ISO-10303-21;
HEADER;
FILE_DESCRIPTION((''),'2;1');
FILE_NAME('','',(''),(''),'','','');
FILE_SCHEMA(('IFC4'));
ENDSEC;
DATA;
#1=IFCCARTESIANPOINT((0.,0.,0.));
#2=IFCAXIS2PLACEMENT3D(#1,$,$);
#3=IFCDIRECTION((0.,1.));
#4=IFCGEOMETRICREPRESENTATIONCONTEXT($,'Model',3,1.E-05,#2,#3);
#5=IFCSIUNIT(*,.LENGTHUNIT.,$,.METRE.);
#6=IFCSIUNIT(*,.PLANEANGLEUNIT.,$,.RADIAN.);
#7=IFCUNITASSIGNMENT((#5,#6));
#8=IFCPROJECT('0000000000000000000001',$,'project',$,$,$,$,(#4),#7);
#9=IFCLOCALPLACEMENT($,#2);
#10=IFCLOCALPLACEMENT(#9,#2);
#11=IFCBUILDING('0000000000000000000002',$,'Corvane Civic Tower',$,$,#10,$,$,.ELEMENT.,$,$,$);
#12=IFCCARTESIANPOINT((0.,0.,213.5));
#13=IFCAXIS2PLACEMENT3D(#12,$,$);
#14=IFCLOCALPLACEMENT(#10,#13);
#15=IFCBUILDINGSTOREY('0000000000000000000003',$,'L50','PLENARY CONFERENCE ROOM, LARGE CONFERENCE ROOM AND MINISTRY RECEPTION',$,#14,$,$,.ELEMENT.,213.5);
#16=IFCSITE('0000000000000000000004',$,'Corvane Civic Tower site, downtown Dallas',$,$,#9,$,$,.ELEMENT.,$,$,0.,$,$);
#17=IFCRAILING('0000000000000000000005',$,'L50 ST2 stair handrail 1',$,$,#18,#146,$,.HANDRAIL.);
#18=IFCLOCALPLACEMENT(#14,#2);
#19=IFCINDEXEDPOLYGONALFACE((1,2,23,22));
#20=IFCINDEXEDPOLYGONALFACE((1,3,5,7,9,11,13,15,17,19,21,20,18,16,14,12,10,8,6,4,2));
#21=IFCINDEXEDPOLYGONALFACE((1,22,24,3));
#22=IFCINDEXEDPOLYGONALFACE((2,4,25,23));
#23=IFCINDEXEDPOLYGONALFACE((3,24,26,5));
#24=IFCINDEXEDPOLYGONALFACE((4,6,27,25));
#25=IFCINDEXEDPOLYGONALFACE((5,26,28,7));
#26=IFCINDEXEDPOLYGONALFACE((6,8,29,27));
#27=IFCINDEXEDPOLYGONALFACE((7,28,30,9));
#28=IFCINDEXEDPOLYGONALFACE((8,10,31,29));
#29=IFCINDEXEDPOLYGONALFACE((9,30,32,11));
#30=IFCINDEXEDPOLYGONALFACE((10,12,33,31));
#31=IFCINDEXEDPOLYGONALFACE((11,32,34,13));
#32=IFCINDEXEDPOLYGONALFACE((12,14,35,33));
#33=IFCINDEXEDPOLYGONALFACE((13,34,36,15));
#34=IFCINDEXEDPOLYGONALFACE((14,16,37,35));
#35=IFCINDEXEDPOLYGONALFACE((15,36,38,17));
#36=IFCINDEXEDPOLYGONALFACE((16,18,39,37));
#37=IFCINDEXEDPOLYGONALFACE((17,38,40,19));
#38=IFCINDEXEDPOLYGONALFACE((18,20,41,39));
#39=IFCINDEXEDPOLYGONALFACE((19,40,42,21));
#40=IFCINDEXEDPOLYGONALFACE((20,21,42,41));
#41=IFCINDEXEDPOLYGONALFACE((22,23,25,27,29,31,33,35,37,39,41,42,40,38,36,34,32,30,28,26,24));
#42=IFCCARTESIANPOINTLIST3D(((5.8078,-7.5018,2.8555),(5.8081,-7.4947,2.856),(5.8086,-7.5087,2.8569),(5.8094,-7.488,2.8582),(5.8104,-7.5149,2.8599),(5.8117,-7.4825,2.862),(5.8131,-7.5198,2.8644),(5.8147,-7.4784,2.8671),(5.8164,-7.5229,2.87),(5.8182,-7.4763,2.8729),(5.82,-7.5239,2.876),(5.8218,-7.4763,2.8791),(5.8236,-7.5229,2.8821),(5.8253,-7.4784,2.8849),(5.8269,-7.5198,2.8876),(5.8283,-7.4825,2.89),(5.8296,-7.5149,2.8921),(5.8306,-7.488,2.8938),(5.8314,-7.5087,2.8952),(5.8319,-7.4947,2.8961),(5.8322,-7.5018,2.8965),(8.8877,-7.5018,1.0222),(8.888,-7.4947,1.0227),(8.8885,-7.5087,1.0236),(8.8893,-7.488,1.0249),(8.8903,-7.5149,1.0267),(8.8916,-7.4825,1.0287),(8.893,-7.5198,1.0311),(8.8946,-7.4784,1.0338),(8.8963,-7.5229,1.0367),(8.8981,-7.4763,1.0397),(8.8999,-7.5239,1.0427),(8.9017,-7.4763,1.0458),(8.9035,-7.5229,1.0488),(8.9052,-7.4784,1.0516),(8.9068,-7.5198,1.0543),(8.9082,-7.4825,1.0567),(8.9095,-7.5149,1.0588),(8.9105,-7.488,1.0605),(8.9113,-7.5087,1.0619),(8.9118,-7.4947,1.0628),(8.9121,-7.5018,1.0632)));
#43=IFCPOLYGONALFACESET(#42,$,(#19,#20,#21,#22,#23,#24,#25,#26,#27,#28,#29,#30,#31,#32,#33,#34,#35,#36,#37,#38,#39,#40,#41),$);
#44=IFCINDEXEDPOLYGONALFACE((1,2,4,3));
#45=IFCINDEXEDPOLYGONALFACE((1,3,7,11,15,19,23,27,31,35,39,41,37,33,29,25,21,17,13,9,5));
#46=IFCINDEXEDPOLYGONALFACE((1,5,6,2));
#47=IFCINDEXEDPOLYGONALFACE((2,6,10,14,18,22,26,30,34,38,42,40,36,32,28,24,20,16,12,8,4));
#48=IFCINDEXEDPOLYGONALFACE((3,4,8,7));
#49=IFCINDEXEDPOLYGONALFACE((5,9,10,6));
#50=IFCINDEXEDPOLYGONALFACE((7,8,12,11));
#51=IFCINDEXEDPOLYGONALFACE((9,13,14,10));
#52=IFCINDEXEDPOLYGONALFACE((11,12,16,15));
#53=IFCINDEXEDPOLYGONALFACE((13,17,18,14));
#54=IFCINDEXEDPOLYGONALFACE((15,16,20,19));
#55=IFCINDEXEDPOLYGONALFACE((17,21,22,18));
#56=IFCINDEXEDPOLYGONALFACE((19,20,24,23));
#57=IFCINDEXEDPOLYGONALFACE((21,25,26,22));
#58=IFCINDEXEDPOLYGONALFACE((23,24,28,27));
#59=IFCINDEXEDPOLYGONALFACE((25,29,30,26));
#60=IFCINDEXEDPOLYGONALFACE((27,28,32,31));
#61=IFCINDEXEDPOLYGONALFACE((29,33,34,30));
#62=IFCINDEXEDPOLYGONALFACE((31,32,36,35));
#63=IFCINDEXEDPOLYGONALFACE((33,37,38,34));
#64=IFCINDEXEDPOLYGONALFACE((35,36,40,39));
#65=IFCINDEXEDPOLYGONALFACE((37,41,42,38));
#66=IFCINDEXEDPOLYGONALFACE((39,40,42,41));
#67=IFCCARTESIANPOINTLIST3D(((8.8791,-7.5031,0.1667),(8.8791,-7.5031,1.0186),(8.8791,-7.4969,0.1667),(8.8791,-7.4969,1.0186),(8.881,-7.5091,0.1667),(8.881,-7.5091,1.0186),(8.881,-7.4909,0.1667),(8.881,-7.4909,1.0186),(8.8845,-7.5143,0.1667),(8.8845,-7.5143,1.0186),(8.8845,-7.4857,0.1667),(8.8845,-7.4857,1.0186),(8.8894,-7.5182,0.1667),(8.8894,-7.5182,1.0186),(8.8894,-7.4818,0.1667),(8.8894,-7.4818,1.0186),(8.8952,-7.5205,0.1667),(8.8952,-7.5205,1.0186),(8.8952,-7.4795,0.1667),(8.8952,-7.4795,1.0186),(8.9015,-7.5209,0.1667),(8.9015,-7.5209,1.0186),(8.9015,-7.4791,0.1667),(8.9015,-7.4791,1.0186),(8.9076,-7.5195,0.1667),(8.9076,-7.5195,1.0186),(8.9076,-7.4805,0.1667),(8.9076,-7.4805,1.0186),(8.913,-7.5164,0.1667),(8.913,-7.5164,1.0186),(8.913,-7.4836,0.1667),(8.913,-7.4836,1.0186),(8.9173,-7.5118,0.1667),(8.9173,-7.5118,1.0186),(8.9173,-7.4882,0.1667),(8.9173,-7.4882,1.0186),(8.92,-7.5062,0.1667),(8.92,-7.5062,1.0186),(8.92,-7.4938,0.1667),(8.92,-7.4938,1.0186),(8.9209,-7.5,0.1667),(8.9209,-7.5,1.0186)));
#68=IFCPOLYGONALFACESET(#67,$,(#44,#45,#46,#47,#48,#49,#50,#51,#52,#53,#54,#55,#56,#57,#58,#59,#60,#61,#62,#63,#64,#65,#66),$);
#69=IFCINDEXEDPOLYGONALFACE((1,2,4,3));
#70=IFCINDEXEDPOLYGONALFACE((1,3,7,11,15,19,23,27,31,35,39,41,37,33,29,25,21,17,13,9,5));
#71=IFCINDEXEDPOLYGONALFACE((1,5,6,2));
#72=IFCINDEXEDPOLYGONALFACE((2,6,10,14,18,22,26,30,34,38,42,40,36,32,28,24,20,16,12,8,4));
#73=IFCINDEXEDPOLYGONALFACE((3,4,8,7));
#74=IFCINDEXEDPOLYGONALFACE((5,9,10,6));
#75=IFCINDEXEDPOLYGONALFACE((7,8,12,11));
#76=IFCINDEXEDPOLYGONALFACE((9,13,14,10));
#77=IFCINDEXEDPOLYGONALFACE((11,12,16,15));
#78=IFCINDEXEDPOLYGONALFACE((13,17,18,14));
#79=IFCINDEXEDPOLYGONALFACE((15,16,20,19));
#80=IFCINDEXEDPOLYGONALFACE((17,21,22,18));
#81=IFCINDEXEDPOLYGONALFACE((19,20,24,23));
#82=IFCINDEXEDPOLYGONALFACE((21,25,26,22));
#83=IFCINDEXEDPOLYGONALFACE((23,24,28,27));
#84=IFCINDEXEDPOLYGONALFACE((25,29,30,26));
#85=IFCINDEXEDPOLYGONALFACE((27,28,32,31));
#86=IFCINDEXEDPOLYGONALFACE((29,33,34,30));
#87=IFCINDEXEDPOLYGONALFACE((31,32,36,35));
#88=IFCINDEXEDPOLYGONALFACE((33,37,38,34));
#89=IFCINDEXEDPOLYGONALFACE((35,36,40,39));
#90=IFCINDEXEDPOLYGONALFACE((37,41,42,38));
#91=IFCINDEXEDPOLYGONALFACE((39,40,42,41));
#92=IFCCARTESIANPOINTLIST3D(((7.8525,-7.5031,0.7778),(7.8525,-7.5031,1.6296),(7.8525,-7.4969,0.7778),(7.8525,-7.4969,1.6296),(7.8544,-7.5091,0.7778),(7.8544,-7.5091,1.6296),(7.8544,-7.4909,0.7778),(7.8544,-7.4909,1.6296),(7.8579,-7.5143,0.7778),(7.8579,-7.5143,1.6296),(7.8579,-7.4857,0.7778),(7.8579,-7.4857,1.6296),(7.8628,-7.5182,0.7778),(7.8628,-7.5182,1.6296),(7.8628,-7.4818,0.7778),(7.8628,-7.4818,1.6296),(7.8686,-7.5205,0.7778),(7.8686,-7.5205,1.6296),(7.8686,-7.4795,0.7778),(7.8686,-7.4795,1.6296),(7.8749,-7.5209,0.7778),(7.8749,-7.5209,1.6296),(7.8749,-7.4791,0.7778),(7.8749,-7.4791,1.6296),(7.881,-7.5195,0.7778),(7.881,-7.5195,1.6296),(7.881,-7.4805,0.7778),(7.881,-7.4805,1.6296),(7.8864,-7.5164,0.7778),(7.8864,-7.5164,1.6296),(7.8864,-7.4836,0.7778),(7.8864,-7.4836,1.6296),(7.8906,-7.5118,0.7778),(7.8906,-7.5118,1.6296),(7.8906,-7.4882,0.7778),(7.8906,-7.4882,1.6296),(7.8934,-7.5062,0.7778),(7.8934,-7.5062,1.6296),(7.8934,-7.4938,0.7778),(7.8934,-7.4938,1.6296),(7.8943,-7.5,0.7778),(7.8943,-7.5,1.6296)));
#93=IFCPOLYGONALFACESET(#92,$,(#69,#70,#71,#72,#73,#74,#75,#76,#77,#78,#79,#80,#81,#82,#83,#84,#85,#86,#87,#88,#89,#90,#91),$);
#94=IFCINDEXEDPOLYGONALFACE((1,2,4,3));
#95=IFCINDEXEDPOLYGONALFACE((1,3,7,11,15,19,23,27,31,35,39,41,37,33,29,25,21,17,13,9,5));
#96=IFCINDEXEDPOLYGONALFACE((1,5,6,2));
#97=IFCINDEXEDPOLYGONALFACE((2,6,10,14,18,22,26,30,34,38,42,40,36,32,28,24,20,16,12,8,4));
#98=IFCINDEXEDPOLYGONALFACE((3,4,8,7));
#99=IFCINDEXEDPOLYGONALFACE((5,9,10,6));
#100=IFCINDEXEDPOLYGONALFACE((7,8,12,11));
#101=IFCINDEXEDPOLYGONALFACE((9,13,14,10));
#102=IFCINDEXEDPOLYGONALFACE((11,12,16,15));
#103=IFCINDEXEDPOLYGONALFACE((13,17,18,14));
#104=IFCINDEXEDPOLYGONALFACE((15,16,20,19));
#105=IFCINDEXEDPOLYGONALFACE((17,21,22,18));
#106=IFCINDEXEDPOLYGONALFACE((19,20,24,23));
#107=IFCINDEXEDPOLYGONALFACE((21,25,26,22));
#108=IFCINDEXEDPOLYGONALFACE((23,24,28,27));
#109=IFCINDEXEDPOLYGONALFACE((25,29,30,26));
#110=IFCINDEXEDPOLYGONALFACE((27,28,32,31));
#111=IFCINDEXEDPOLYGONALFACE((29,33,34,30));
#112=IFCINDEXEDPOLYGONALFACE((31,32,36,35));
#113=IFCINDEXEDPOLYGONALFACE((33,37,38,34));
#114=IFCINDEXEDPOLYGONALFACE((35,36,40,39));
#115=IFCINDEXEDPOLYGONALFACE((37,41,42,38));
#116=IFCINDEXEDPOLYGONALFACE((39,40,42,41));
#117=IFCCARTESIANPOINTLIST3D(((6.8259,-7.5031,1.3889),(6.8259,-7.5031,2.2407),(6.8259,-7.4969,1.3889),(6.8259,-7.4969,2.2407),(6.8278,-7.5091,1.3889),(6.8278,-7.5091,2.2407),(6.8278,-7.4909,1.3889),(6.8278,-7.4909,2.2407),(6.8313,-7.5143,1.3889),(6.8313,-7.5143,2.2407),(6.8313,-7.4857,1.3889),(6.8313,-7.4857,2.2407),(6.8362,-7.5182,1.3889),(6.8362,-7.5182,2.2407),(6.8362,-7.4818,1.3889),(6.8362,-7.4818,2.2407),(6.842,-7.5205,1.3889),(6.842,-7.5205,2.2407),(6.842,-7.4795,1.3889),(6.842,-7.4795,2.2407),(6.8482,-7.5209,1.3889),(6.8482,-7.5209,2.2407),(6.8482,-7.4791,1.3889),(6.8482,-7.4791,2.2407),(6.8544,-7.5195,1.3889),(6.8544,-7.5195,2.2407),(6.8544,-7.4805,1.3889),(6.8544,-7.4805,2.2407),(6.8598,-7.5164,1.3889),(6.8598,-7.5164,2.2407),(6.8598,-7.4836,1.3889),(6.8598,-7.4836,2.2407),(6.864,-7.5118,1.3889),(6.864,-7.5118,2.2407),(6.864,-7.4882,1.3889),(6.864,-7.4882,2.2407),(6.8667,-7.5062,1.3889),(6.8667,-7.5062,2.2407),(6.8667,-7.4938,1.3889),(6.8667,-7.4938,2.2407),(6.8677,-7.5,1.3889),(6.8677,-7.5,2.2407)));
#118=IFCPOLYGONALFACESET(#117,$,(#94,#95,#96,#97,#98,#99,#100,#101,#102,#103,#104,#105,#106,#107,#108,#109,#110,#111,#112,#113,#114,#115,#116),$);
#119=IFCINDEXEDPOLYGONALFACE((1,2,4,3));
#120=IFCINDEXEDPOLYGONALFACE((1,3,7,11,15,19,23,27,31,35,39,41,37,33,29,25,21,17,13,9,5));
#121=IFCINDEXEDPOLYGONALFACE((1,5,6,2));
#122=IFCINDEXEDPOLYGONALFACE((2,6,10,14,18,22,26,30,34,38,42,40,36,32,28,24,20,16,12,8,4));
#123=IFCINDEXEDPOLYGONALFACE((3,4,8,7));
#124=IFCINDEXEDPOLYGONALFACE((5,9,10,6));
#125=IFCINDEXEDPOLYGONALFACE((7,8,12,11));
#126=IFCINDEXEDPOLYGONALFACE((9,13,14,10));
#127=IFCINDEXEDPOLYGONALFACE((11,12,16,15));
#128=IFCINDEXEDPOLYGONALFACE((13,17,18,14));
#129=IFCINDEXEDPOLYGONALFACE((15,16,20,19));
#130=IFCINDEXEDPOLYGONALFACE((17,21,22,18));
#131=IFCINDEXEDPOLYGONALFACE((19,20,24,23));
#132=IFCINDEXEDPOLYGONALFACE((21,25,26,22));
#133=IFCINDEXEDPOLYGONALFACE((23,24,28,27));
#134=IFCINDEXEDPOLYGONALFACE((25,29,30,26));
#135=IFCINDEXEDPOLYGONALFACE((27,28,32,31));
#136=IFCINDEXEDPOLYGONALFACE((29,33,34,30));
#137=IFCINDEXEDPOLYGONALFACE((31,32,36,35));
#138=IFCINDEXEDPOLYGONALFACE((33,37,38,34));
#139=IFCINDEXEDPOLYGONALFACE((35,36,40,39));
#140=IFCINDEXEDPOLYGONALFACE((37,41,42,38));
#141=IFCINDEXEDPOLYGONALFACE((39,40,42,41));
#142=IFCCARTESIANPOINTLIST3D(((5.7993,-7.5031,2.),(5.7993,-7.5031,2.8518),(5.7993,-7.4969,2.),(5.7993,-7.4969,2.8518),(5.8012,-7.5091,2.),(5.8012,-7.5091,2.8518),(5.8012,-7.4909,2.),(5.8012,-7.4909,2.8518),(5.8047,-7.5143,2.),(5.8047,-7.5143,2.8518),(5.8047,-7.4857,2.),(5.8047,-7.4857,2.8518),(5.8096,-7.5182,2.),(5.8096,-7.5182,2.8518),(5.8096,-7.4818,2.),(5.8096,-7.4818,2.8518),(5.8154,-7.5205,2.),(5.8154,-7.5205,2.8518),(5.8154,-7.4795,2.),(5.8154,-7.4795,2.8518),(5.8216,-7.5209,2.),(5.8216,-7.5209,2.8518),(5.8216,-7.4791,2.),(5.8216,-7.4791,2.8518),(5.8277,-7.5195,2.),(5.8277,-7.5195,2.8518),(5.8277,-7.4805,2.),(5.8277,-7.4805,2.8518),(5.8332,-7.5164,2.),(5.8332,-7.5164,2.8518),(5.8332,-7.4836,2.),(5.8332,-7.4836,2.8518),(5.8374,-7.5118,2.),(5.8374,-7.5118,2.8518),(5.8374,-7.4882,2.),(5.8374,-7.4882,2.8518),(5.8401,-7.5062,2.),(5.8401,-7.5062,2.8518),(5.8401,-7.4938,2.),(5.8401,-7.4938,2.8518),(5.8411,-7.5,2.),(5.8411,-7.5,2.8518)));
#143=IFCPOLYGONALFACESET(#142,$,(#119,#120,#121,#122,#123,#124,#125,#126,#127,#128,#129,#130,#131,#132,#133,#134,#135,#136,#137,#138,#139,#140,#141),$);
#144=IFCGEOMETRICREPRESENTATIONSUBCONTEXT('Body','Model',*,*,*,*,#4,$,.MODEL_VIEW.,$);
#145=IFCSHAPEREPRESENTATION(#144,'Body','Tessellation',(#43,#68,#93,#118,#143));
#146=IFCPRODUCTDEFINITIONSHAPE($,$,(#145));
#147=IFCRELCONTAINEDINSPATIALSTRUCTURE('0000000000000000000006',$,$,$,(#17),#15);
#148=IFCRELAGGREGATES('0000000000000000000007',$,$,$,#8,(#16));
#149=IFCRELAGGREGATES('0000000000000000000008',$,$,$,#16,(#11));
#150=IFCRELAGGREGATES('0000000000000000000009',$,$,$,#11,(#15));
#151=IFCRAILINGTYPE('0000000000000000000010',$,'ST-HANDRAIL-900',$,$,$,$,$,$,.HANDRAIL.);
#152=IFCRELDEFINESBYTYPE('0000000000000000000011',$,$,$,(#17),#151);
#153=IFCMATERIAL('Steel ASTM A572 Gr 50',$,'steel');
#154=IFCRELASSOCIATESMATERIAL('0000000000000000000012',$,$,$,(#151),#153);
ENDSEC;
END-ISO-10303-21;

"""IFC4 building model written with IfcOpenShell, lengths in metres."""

from ifc_helpers import new_model, si_unit, direction, frame, origin, origin_2d, place, context, subcontext, project, spatial, circle, extrude, material, type_object, element, save


model = new_model("IFC4")

# Units and contexts
model_context = context("Model", 3, precision=1e-05, world=origin(), true_north=direction((0.0, 1.0)))
body_context = subcontext(model_context, "Body", "Model", "MODEL_VIEW")
ifc_project = project(units=[si_unit("LENGTHUNIT", "METRE"), si_unit("PLANEANGLEUNIT", "RADIAN")], contexts=[model_context])

# Site, building, storey
site_placement = place(None, origin())
site = spatial("IfcSite", under=ifc_project, at=site_placement, Name="Corvane Civic Tower site, downtown Dallas", CompositionType="ELEMENT", RefElevation=0.0)
building_placement = place(site_placement, origin())
building = spatial("IfcBuilding", under=site, at=building_placement, Name="Corvane Civic Tower", CompositionType="ELEMENT")
storey_placement = place(building_placement, frame((0.0, 0.0, 213.5)))
storey = spatial("IfcBuildingStorey", under=building, at=storey_placement, Name="L50", Description="PLENARY CONFERENCE ROOM, LARGE CONFERENCE ROOM AND MINISTRY RECEPTION", CompositionType="ELEMENT", Elevation=213.5)

# Railing
ifc_material_1 = material(Name="Steel ASTM A572 Gr 50", Category="steel")
railing_type = type_object("IfcRailingType", Name="ST-HANDRAIL-900", PredefinedType="HANDRAIL", material=ifc_material_1)
railing_placement = place(storey_placement, frame((8.8999, -7.5, 0.1667)))
element("IfcRailing", 1, at=railing_placement, inside=storey, type_object=railing_type, Name="L50 ST2 stair handrail 1", PredefinedType="HANDRAIL", context=body_context, shape_type="SweptSolid", body=[
    extrude(circle(Radius=0.0239, at=origin_2d()), frame((0.0, 0.0, 0.876), z_axis=(-0.859291, 0.0, 0.511487), x_axis=(0.0, -1.0, 0.0)), (0.0, 0.0, 1.0), 3.5842),
    extrude(circle(Radius=0.021, at=origin_2d()), origin(), (0.0, 0.0, 1.0), 0.8518),
    extrude(circle(Radius=0.021, at=origin_2d()), frame((-1.0266, 0.0, 0.6111)), (0.0, 0.0, 1.0), 0.8518),
    extrude(circle(Radius=0.021, at=origin_2d()), frame((-2.0532, 0.0, 1.2222)), (0.0, 0.0, 1.0), 0.8518),
    extrude(circle(Radius=0.021, at=origin_2d()), frame((-3.0798, 0.0, 1.8333)), (0.0, 0.0, 1.0), 0.8518),
])

save(model, "model.ifc")
